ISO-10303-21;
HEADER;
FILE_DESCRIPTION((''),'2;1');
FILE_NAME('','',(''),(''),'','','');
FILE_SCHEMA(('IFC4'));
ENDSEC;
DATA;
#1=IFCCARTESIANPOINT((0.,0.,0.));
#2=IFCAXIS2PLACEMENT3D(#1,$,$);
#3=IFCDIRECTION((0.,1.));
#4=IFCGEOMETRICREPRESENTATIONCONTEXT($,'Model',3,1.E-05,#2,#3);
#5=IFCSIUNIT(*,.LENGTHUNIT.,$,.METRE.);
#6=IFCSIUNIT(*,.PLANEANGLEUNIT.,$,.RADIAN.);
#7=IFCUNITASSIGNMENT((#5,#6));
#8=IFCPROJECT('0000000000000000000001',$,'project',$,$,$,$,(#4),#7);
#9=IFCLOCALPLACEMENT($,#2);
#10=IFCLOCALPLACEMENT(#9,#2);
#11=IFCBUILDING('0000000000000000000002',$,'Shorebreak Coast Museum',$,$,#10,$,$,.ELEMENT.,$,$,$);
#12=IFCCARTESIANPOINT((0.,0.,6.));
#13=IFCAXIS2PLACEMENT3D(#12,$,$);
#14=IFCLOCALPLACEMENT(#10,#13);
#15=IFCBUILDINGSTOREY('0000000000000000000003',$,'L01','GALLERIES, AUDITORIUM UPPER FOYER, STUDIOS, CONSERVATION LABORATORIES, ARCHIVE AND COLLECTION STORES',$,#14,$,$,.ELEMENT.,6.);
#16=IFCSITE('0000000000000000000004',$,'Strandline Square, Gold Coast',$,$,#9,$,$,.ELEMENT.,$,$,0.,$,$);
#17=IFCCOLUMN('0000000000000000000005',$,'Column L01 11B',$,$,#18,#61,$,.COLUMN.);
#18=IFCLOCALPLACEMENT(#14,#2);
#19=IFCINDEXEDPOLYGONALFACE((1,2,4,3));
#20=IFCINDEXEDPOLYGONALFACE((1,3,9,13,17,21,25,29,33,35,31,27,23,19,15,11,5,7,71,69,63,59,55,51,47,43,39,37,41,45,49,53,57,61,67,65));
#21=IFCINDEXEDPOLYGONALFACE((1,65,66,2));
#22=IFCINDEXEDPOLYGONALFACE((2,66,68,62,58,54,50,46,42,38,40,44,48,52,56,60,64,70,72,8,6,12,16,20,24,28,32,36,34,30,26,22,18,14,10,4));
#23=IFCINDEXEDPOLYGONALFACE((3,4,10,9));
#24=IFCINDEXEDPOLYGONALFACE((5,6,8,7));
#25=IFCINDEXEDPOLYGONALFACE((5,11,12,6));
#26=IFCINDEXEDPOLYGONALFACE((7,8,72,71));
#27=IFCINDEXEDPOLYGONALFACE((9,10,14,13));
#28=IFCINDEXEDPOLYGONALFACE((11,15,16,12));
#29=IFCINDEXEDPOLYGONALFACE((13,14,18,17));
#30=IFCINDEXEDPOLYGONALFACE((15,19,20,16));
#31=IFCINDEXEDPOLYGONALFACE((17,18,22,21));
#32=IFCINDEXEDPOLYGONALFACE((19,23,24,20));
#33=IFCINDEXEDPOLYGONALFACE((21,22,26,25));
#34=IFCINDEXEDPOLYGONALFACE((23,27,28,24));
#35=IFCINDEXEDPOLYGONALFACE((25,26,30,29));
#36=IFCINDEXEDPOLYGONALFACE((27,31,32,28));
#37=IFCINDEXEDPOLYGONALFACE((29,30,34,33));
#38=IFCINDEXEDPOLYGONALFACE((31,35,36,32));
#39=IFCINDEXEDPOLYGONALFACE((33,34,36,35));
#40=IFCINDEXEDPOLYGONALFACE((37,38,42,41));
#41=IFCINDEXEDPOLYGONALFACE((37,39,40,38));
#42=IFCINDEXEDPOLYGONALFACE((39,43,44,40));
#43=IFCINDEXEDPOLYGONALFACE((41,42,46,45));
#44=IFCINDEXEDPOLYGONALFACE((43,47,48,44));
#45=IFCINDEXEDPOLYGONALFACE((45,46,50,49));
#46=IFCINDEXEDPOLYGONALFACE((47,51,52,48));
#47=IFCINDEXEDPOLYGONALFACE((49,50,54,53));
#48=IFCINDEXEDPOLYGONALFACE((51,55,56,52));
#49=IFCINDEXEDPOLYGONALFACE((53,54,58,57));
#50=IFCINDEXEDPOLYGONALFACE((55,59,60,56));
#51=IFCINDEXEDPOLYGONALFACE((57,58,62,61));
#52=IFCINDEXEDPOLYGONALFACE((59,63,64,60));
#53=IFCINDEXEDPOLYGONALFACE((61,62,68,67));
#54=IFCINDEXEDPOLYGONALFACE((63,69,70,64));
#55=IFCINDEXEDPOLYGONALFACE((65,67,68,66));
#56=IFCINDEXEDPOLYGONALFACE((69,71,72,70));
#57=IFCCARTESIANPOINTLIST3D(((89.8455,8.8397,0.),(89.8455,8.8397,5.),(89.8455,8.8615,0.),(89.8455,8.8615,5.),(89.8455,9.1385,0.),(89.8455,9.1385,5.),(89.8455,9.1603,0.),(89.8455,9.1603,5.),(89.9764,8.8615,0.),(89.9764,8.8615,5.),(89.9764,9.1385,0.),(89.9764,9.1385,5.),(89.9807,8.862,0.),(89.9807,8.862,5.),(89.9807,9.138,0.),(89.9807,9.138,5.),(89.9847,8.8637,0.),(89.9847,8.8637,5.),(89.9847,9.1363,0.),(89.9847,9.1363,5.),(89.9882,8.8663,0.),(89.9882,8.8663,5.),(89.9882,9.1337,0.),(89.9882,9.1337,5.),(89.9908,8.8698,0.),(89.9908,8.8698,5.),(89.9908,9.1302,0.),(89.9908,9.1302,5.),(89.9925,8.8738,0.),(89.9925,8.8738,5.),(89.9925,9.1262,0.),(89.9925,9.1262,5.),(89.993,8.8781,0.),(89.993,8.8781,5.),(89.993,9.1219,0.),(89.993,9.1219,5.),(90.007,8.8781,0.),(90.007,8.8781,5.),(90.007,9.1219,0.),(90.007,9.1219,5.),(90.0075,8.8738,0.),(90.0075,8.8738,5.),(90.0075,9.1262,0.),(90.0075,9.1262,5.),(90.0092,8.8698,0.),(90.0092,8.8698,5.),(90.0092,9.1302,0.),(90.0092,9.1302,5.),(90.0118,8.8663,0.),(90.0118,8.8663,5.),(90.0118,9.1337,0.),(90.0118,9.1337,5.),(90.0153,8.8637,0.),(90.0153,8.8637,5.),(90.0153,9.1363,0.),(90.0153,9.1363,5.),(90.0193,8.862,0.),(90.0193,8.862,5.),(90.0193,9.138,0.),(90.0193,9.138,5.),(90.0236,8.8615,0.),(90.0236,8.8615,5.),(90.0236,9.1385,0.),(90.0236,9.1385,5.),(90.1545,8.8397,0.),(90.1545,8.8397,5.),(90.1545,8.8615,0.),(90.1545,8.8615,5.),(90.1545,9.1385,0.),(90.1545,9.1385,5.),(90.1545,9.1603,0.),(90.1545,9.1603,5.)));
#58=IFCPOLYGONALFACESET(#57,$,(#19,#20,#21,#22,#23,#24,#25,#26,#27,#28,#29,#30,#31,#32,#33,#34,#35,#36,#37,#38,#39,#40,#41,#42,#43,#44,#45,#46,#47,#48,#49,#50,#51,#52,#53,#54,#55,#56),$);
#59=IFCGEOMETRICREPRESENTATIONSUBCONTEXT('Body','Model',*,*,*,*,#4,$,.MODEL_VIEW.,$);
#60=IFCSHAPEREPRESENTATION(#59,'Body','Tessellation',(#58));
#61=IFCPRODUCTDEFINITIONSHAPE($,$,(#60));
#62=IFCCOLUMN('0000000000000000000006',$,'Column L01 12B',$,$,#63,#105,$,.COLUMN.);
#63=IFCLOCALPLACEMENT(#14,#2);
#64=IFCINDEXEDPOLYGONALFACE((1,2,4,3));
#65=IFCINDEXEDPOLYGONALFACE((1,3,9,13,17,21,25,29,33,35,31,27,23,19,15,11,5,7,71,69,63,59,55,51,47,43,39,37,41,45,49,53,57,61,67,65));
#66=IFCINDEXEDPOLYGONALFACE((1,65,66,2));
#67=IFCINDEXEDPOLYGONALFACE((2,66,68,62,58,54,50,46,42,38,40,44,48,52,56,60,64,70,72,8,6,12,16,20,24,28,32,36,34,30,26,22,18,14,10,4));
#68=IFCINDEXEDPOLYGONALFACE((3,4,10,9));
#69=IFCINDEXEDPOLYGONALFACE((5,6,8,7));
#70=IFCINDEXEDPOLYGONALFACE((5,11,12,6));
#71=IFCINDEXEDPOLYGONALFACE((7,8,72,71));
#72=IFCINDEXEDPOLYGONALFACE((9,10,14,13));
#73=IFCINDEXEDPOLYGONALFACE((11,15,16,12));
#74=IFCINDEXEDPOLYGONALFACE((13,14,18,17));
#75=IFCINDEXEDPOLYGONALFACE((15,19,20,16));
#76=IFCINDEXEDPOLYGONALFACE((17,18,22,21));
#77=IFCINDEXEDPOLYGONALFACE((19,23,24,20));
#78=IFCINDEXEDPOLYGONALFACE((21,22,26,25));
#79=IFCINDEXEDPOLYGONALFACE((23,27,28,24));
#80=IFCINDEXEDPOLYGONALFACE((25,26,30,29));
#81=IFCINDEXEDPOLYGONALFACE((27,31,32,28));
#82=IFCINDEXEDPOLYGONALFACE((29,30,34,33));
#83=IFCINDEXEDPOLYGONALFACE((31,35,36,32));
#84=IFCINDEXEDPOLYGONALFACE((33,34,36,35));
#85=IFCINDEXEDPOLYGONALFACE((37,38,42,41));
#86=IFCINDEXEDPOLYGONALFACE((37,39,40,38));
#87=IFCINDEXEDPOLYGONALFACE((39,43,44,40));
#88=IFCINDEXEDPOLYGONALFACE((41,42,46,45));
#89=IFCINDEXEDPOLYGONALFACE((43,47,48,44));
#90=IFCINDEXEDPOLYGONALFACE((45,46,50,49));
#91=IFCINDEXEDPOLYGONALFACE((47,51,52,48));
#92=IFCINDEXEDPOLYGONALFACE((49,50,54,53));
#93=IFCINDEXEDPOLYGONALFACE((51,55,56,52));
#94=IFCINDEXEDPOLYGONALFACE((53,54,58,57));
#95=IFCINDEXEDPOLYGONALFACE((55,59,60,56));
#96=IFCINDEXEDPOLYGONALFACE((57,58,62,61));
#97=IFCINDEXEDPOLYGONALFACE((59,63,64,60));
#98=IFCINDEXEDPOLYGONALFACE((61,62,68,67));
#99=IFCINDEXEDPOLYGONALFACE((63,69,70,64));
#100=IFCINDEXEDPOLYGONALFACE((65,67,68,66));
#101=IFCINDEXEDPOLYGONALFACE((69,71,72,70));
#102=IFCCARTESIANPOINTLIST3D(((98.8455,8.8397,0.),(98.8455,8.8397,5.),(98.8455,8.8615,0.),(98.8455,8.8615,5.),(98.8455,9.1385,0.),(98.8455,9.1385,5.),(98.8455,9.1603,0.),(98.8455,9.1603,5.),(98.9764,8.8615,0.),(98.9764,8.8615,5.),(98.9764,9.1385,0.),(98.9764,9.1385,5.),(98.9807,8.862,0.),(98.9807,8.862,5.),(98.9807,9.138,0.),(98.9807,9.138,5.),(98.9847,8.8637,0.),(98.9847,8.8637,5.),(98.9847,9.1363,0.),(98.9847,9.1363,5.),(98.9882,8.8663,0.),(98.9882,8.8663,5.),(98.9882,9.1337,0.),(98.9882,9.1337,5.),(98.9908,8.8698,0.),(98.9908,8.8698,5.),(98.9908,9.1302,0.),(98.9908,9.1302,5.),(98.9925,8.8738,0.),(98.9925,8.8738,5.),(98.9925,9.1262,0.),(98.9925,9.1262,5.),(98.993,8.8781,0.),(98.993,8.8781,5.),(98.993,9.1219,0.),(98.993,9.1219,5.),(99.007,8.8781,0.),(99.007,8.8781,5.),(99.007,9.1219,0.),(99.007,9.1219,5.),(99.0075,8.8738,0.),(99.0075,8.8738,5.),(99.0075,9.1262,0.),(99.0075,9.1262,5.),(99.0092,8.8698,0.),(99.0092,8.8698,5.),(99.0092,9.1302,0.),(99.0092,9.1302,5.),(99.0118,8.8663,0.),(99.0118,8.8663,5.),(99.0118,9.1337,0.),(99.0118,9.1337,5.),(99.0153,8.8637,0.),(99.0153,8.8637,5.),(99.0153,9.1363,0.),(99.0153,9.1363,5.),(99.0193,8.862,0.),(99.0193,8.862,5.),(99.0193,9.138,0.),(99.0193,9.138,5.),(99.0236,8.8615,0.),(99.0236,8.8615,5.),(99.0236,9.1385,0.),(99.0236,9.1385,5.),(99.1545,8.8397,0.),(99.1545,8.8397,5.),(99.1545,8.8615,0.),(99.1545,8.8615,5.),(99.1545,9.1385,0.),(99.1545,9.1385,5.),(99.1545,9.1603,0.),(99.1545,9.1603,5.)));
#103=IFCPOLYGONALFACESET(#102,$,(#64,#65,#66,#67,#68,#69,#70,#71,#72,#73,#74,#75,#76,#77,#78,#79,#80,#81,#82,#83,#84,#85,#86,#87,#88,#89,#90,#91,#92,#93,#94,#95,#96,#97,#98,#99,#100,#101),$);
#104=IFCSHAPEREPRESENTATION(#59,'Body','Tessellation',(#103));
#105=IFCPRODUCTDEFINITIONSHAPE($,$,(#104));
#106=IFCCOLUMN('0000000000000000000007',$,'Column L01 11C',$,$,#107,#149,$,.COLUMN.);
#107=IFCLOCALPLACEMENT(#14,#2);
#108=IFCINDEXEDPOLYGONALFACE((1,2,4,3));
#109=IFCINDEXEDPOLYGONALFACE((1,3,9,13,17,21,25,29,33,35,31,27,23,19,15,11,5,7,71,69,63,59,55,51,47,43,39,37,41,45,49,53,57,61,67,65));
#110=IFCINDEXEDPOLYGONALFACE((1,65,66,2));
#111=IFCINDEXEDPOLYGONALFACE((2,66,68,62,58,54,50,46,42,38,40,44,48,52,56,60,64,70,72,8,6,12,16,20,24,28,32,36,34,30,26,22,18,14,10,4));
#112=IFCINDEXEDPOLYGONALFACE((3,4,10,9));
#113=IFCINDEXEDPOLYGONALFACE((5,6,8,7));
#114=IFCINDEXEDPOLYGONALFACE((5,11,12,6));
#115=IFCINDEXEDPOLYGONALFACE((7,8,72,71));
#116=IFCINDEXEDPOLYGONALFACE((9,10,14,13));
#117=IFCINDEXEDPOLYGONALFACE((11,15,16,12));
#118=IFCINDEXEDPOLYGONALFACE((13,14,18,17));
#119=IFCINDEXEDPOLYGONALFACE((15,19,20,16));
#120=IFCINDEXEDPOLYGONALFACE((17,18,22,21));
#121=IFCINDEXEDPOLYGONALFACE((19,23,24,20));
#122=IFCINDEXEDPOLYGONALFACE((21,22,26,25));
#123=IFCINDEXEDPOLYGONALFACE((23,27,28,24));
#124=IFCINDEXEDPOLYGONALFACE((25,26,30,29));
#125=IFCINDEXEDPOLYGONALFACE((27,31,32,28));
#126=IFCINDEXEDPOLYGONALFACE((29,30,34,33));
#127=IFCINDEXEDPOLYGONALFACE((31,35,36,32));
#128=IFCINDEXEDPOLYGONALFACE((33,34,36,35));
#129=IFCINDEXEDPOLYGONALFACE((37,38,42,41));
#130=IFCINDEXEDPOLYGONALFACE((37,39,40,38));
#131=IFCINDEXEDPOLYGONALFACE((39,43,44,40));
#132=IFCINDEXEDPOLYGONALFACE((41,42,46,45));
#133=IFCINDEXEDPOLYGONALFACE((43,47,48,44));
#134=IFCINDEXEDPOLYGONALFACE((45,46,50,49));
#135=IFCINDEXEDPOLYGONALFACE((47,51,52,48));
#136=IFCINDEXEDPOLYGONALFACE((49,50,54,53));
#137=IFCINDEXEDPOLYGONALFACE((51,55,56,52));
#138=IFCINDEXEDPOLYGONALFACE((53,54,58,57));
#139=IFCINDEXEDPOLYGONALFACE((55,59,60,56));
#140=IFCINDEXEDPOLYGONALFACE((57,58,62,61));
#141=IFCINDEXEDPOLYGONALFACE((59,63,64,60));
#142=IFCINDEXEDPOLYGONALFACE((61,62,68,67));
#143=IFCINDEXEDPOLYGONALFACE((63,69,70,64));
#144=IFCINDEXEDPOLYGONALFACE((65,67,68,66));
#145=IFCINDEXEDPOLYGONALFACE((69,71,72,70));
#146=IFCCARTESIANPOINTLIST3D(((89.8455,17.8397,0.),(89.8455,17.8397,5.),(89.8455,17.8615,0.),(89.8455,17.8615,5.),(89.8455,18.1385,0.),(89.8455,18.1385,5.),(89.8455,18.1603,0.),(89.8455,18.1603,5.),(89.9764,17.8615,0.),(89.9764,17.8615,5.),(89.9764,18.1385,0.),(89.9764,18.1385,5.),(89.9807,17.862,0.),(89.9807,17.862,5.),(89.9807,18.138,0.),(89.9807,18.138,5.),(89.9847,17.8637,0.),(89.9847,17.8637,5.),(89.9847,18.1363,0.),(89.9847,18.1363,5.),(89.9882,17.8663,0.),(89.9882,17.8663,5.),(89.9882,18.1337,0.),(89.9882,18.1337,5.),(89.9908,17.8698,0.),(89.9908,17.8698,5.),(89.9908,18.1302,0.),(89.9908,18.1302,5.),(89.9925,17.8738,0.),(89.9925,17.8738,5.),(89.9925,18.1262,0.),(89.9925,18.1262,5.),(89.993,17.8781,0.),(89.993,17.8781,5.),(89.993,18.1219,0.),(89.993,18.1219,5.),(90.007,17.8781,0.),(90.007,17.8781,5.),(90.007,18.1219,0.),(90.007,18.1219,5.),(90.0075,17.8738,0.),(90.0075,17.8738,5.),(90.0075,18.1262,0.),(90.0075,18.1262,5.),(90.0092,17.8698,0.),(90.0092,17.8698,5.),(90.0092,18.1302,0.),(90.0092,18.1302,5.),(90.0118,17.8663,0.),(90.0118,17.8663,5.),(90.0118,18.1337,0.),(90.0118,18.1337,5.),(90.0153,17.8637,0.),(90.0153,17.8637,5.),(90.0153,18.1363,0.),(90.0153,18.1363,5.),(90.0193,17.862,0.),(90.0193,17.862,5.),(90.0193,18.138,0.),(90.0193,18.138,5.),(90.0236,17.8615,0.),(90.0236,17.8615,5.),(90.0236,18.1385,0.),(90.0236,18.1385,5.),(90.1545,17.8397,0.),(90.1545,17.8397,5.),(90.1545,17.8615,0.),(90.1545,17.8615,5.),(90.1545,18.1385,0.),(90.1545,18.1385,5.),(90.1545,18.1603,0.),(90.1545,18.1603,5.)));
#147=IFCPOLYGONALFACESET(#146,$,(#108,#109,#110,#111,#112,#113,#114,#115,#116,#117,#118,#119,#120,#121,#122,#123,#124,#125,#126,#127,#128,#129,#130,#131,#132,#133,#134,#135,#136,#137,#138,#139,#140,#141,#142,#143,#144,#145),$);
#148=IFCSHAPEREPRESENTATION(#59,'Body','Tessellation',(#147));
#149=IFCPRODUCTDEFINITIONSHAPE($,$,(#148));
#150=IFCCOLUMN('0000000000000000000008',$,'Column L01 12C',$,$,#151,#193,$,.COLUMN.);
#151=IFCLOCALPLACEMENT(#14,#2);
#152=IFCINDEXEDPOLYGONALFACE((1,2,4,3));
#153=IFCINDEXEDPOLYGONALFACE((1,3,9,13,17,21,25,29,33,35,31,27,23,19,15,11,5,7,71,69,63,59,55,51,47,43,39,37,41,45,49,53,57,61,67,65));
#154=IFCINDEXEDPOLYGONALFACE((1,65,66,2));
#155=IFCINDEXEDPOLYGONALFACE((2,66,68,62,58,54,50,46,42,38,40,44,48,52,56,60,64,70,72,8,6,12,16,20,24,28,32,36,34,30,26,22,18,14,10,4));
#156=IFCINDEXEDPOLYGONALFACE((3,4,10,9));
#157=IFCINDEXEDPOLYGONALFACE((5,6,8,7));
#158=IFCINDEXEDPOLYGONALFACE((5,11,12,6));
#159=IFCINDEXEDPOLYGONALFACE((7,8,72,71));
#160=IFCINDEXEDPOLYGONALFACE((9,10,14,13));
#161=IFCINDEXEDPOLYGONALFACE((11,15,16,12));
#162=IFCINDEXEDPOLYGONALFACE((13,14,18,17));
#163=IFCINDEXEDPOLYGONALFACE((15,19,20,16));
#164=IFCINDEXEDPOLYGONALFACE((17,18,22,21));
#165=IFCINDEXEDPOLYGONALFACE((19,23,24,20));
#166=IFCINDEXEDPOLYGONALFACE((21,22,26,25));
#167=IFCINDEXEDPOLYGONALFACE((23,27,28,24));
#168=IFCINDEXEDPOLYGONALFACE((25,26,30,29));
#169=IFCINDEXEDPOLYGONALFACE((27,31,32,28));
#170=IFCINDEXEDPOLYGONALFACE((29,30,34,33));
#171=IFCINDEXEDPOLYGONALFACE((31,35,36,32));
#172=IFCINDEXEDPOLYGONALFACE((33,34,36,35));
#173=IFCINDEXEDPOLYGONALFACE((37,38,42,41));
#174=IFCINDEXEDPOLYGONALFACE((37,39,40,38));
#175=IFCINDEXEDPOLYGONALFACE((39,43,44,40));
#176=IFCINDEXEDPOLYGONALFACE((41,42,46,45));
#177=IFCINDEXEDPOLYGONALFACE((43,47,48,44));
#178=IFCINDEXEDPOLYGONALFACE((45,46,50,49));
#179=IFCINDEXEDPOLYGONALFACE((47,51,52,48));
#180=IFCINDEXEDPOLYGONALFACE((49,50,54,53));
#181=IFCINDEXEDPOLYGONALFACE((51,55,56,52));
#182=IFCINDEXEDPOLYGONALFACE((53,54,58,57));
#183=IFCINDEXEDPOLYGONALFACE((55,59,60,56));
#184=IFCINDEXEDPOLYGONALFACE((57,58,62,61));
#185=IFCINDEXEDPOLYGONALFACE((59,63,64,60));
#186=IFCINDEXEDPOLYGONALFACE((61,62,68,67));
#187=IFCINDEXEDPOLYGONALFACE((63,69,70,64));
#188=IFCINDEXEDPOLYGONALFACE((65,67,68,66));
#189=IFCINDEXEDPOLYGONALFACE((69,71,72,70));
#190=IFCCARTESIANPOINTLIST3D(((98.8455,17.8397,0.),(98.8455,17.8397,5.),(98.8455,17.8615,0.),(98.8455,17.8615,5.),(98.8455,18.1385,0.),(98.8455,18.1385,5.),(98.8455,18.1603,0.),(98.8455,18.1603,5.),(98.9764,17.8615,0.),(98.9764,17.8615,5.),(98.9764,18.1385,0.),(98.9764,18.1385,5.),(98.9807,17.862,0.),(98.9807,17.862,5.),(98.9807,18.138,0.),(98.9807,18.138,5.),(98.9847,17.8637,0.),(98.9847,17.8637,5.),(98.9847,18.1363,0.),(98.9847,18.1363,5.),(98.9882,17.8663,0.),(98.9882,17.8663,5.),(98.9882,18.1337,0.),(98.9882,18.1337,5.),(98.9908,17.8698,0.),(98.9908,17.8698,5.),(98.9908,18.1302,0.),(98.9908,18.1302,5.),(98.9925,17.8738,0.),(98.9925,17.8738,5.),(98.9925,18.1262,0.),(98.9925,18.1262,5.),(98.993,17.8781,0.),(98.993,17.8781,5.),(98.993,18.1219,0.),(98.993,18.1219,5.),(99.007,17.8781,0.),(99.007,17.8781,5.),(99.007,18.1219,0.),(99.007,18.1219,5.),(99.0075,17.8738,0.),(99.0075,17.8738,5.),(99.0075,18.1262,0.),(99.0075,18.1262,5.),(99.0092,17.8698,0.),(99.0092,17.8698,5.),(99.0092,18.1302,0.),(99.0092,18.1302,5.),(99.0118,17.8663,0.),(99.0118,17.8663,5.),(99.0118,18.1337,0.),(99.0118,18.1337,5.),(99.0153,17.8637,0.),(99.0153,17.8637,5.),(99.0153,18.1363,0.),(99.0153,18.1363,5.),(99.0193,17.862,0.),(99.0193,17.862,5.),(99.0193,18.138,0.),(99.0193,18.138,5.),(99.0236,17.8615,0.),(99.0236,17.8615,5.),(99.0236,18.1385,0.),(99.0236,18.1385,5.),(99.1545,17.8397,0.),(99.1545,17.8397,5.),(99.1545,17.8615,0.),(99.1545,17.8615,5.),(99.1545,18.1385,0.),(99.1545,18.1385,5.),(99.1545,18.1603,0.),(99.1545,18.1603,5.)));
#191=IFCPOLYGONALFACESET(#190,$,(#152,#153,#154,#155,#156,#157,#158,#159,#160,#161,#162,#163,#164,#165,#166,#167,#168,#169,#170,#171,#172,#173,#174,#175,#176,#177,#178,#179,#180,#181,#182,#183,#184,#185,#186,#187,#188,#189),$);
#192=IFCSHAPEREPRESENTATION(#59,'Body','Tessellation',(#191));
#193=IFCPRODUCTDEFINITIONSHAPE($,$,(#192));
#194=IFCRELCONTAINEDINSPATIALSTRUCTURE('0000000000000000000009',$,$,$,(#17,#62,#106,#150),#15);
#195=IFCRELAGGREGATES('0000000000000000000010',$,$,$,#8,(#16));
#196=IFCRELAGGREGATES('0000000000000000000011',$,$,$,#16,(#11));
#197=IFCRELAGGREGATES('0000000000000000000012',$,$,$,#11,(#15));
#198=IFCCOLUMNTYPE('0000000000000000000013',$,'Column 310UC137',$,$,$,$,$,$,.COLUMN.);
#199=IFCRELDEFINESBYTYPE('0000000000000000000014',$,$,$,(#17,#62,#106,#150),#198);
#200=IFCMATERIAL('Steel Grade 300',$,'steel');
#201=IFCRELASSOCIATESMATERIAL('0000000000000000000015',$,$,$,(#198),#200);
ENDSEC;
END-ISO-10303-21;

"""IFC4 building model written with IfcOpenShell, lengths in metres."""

from ifc_helpers import new_model, si_unit, direction, frame, origin, origin_2d, place, context, subcontext, project, spatial, i_section, extrude, material, material_profile, profile_set, type_object, element, save


model = new_model("IFC4")

# Units and contexts
model_context = context("Model", 3, precision=1e-05, world=origin(), true_north=direction((0.0, 1.0)))
body_context = subcontext(model_context, "Body", "Model", "MODEL_VIEW")
ifc_project = project(units=[si_unit("LENGTHUNIT", "METRE"), si_unit("PLANEANGLEUNIT", "RADIAN")], contexts=[model_context])

# Site, building, storey
site_placement = place(None, origin())
site = spatial("IfcSite", under=ifc_project, at=site_placement, Name="Strandline Square, Gold Coast", CompositionType="ELEMENT", RefElevation=0.0)
building_placement = place(site_placement, origin())
building = spatial("IfcBuilding", under=site, at=building_placement, Name="Shorebreak Coast Museum", CompositionType="ELEMENT")
storey_placement = place(building_placement, frame((0.0, 0.0, 6.0)))
storey = spatial("IfcBuildingStorey", under=building, at=storey_placement, Name="L01", Description="GALLERIES, AUDITORIUM UPPER FOYER, STUDIOS, CONSERVATION LABORATORIES, ARCHIVE AND COLLECTION STORES", CompositionType="ELEMENT", Elevation=6.0)

# Columns
ifc_material_1 = material(Name="Steel Grade 300", Category="steel")
ifc_material_profile_1 = material_profile(ifc_material_1, i_section(OverallWidth=0.3091, OverallDepth=0.3206, WebThickness=0.0139, FlangeThickness=0.0217, FilletRadius=0.0166, at=origin_2d()), Name="310UC137")
ifc_profile_set_1 = profile_set([ifc_material_profile_1], Name="Steel Grade 300")
column_type = type_object("IfcColumnType", Name="Column 310UC137", PredefinedType="COLUMN", material=ifc_profile_set_1)
for number, where, z_axis, x_axis, name in (
    (1, (90.0, 9.0, 0.0), (0.0, 0.0, 1.0), (1.0, 0.0, 0.0), "Column L01 11B"),
    (2, (99.0, 9.0, 0.0), (0.0, 0.0, 1.0), (1.0, 0.0, 0.0), "Column L01 12B"),
    (3, (90.0, 18.0, 0.0), (0.0, 0.0, 1.0), (1.0, 0.0, 0.0), "Column L01 11C"),
    (4, (99.0, 18.0, 0.0), (0.0, 0.0, 1.0), (1.0, 0.0, 0.0), "Column L01 12C"),
):
    element("IfcColumn", number, at=place(storey_placement, frame(where, z_axis=z_axis, x_axis=x_axis)), inside=storey, type_object=column_type, Name=name, PredefinedType="COLUMN", context=body_context, shape_type="SweptSolid", body=[
        extrude(i_section(OverallWidth=0.3091, OverallDepth=0.3206, WebThickness=0.0139, FlangeThickness=0.0217, FilletRadius=0.0166, at=origin_2d()), origin(), (0.0, 0.0, 1.0), 5.0),
    ])

save(model, "model.ifc")
